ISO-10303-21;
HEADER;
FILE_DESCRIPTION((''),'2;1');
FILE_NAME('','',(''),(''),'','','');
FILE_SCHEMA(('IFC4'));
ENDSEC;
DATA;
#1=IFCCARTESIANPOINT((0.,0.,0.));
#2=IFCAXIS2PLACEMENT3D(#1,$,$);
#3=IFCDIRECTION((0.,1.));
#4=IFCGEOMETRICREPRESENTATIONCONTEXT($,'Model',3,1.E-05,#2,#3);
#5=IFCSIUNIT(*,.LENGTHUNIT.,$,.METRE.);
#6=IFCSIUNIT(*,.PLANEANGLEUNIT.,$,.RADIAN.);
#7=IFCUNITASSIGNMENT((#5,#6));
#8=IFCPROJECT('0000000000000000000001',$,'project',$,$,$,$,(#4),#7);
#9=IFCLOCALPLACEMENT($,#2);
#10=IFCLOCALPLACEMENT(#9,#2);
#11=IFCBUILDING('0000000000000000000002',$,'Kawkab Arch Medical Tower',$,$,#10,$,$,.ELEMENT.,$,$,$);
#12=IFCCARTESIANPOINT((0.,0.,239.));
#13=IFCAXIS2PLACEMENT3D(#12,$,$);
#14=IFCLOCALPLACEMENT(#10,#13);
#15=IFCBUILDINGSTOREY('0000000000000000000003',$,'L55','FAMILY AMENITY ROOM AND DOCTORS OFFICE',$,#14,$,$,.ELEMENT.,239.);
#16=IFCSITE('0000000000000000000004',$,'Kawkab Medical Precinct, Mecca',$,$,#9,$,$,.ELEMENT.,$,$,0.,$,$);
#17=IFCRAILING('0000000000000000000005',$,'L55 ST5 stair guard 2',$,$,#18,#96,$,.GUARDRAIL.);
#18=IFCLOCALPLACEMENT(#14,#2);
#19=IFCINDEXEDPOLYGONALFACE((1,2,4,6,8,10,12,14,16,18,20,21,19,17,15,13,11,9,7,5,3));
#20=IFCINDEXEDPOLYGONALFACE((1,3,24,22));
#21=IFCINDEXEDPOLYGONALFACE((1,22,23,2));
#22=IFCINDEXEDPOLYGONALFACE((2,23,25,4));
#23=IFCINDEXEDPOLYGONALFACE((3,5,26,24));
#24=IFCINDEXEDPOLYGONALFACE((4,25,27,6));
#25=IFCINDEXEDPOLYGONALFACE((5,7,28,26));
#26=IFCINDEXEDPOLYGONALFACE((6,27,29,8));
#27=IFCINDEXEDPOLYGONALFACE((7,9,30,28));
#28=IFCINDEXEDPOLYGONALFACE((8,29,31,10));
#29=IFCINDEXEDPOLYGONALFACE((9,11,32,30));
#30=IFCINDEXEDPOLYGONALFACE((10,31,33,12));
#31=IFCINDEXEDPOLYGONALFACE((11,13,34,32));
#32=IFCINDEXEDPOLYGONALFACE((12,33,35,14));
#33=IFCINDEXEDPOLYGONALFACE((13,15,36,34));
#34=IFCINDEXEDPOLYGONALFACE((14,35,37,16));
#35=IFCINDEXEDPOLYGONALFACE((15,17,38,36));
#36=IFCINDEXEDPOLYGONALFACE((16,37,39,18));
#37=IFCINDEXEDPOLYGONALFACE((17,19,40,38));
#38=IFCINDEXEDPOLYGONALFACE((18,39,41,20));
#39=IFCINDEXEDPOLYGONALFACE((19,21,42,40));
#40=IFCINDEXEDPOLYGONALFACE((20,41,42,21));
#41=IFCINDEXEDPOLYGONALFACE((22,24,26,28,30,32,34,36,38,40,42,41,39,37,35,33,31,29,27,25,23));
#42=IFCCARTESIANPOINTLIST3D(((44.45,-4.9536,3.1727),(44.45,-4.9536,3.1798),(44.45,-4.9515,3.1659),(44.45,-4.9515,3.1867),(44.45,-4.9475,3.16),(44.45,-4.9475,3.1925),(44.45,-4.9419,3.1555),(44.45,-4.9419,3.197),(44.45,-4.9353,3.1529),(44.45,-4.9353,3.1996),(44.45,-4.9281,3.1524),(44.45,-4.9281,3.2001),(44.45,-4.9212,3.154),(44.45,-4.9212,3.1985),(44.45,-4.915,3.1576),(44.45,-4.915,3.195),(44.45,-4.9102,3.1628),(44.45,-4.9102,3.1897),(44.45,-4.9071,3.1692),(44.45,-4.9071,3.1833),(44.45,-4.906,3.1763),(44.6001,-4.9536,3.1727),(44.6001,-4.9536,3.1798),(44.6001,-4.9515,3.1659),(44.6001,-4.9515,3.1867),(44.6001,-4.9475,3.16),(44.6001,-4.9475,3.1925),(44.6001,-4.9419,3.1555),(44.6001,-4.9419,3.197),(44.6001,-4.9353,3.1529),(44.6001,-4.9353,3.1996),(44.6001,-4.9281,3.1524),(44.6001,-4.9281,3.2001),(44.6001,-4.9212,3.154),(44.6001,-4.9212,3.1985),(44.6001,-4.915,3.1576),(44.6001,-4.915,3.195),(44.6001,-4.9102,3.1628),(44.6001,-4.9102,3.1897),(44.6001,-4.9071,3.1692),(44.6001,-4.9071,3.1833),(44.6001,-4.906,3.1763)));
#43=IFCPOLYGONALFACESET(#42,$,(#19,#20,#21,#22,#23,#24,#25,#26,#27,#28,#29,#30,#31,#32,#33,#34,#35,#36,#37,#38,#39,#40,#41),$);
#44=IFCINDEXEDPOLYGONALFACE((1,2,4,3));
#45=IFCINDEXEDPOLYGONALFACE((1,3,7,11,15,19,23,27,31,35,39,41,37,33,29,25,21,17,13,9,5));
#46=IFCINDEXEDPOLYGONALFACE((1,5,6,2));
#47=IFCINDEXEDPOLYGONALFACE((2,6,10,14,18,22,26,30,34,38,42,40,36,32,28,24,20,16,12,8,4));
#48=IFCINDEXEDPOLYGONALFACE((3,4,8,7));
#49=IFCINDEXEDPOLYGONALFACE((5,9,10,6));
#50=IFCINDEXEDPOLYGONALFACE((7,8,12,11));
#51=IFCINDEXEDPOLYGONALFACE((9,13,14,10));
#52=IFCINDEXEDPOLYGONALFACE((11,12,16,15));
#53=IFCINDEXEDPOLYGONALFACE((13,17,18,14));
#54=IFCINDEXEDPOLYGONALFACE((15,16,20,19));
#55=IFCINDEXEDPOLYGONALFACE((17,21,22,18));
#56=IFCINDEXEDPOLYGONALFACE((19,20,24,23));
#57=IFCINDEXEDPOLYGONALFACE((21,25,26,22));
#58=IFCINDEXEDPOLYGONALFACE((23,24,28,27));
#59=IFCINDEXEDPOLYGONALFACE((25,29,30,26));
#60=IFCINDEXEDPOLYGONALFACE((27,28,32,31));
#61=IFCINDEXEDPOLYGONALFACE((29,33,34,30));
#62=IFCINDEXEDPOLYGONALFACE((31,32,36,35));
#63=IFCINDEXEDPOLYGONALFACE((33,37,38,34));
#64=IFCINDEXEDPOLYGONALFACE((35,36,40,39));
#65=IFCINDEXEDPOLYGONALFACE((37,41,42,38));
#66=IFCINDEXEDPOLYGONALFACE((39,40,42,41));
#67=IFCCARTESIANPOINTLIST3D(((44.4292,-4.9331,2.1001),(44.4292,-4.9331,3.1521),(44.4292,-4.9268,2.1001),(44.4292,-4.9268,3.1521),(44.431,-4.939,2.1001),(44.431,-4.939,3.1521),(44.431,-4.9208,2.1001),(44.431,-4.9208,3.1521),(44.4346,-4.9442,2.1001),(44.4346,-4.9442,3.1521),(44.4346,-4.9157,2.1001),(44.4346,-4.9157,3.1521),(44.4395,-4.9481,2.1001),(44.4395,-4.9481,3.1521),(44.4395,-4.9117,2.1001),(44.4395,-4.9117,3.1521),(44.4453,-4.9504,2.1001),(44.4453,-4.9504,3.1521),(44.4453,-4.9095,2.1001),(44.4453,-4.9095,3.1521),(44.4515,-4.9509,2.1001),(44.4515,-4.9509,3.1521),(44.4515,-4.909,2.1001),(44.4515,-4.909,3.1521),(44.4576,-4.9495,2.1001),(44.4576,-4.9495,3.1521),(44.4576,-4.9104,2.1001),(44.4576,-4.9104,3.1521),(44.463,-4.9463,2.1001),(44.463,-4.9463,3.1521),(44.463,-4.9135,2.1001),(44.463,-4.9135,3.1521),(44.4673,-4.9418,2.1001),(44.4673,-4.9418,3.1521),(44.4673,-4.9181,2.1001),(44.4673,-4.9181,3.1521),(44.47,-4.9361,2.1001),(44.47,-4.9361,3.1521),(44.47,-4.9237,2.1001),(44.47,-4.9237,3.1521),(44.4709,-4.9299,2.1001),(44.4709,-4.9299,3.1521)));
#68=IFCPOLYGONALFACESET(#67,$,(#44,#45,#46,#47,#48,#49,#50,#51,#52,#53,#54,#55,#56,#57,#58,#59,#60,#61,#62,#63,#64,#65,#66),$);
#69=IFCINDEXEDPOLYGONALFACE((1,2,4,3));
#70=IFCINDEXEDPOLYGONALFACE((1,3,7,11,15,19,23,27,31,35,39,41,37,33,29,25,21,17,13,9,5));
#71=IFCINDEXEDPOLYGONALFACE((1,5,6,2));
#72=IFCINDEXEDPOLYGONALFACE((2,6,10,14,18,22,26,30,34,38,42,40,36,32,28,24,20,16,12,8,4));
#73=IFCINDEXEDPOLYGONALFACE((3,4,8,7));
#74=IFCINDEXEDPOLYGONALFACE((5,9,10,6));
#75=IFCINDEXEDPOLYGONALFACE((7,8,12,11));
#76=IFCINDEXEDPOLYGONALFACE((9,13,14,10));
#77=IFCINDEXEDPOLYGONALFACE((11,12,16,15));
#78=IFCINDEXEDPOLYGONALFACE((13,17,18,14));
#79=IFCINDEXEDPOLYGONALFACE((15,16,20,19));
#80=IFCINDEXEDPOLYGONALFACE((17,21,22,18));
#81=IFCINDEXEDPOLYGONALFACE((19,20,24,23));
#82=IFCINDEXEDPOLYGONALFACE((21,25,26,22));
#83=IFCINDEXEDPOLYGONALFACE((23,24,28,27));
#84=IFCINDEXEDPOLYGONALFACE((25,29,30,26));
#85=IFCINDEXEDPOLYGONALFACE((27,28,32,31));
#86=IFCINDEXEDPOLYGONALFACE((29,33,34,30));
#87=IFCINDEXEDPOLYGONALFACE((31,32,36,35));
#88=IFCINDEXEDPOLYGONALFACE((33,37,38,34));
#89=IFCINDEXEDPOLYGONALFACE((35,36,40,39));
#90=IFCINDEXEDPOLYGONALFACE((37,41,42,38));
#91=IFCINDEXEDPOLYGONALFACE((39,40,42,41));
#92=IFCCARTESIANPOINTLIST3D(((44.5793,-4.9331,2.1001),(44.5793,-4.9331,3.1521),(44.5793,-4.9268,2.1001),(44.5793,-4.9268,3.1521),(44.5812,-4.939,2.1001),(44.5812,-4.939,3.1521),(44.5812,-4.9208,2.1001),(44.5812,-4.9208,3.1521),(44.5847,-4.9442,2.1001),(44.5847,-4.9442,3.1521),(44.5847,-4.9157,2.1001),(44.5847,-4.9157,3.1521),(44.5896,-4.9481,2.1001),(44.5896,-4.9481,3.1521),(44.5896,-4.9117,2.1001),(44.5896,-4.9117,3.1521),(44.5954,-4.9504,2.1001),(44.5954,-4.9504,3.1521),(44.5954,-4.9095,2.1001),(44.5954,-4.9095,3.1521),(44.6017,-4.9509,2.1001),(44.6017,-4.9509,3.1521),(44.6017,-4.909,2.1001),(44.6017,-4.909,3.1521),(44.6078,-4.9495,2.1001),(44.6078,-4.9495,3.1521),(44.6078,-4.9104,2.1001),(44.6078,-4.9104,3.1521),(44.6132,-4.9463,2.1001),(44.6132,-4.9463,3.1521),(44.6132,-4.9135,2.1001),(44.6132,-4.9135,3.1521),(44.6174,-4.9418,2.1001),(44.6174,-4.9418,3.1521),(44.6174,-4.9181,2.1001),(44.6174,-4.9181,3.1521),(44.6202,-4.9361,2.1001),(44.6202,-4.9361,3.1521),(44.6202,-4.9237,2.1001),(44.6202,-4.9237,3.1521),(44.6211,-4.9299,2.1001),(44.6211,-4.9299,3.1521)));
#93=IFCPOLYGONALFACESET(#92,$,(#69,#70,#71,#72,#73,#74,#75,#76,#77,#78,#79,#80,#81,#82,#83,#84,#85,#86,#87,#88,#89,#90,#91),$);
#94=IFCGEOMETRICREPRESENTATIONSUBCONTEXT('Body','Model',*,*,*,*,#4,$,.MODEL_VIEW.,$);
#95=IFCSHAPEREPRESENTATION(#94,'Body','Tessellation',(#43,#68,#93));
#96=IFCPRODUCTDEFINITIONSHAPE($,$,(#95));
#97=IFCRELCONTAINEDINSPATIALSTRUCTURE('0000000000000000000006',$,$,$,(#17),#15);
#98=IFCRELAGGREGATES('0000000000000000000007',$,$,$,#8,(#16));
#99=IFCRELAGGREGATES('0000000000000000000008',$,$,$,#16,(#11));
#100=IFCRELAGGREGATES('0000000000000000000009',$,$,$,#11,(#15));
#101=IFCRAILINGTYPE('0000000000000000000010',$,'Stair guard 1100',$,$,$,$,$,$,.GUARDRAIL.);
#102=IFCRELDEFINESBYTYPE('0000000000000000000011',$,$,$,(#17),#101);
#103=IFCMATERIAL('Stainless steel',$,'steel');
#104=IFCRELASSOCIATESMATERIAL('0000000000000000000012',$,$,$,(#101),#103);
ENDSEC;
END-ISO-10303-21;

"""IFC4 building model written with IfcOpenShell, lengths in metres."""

from ifc_helpers import new_model, si_unit, direction, frame, origin, origin_2d, place, context, subcontext, project, spatial, circle, extrude, material, type_object, element, save


model = new_model("IFC4")

# Units and contexts
model_context = context("Model", 3, precision=1e-05, world=origin(), true_north=direction((0.0, 1.0)))
body_context = subcontext(model_context, "Body", "Model", "MODEL_VIEW")
ifc_project = project(units=[si_unit("LENGTHUNIT", "METRE"), si_unit("PLANEANGLEUNIT", "RADIAN")], contexts=[model_context])

# Site, building, storey
site_placement = place(None, origin())
site = spatial("IfcSite", under=ifc_project, at=site_placement, Name="Kawkab Medical Precinct, Mecca", CompositionType="ELEMENT", RefElevation=0.0)
building_placement = place(site_placement, origin())
building = spatial("IfcBuilding", under=site, at=building_placement, Name="Kawkab Arch Medical Tower", CompositionType="ELEMENT")
storey_placement = place(building_placement, frame((0.0, 0.0, 239.0)))
storey = spatial("IfcBuildingStorey", under=building, at=storey_placement, Name="L55", Description="FAMILY AMENITY ROOM AND DOCTORS OFFICE", CompositionType="ELEMENT", Elevation=239.0)

# Railing
ifc_material_1 = material(Name="Stainless steel", Category="steel")
railing_type_1 = type_object("IfcRailingType", Name="Stair guard 1100", PredefinedType="GUARDRAIL", material=ifc_material_1)
railing_1_placement = place(storey_placement, frame((44.45, -4.9299, 2.1001)))
element("IfcRailing", 1, at=railing_1_placement, inside=storey, type_object=railing_type_1, Name="L55 ST5 stair guard 2", PredefinedType="GUARDRAIL", context=body_context, shape_type="SweptSolid", body=[
    extrude(circle(Radius=0.0239, at=origin_2d()), frame((0.0, 0.0, 1.0762), z_axis=(1.0, 0.0, 0.0), x_axis=(0.0, 1.0, 0.0)), (0.0, 0.0, 1.0), 0.1501),
    extrude(circle(Radius=0.021, at=origin_2d()), origin(), (0.0, 0.0, 1.0), 1.052),
    extrude(circle(Radius=0.021, at=origin_2d()), frame((0.1501, 0.0, 0.0)), (0.0, 0.0, 1.0), 1.052),
])

save(model, "model.ifc")
